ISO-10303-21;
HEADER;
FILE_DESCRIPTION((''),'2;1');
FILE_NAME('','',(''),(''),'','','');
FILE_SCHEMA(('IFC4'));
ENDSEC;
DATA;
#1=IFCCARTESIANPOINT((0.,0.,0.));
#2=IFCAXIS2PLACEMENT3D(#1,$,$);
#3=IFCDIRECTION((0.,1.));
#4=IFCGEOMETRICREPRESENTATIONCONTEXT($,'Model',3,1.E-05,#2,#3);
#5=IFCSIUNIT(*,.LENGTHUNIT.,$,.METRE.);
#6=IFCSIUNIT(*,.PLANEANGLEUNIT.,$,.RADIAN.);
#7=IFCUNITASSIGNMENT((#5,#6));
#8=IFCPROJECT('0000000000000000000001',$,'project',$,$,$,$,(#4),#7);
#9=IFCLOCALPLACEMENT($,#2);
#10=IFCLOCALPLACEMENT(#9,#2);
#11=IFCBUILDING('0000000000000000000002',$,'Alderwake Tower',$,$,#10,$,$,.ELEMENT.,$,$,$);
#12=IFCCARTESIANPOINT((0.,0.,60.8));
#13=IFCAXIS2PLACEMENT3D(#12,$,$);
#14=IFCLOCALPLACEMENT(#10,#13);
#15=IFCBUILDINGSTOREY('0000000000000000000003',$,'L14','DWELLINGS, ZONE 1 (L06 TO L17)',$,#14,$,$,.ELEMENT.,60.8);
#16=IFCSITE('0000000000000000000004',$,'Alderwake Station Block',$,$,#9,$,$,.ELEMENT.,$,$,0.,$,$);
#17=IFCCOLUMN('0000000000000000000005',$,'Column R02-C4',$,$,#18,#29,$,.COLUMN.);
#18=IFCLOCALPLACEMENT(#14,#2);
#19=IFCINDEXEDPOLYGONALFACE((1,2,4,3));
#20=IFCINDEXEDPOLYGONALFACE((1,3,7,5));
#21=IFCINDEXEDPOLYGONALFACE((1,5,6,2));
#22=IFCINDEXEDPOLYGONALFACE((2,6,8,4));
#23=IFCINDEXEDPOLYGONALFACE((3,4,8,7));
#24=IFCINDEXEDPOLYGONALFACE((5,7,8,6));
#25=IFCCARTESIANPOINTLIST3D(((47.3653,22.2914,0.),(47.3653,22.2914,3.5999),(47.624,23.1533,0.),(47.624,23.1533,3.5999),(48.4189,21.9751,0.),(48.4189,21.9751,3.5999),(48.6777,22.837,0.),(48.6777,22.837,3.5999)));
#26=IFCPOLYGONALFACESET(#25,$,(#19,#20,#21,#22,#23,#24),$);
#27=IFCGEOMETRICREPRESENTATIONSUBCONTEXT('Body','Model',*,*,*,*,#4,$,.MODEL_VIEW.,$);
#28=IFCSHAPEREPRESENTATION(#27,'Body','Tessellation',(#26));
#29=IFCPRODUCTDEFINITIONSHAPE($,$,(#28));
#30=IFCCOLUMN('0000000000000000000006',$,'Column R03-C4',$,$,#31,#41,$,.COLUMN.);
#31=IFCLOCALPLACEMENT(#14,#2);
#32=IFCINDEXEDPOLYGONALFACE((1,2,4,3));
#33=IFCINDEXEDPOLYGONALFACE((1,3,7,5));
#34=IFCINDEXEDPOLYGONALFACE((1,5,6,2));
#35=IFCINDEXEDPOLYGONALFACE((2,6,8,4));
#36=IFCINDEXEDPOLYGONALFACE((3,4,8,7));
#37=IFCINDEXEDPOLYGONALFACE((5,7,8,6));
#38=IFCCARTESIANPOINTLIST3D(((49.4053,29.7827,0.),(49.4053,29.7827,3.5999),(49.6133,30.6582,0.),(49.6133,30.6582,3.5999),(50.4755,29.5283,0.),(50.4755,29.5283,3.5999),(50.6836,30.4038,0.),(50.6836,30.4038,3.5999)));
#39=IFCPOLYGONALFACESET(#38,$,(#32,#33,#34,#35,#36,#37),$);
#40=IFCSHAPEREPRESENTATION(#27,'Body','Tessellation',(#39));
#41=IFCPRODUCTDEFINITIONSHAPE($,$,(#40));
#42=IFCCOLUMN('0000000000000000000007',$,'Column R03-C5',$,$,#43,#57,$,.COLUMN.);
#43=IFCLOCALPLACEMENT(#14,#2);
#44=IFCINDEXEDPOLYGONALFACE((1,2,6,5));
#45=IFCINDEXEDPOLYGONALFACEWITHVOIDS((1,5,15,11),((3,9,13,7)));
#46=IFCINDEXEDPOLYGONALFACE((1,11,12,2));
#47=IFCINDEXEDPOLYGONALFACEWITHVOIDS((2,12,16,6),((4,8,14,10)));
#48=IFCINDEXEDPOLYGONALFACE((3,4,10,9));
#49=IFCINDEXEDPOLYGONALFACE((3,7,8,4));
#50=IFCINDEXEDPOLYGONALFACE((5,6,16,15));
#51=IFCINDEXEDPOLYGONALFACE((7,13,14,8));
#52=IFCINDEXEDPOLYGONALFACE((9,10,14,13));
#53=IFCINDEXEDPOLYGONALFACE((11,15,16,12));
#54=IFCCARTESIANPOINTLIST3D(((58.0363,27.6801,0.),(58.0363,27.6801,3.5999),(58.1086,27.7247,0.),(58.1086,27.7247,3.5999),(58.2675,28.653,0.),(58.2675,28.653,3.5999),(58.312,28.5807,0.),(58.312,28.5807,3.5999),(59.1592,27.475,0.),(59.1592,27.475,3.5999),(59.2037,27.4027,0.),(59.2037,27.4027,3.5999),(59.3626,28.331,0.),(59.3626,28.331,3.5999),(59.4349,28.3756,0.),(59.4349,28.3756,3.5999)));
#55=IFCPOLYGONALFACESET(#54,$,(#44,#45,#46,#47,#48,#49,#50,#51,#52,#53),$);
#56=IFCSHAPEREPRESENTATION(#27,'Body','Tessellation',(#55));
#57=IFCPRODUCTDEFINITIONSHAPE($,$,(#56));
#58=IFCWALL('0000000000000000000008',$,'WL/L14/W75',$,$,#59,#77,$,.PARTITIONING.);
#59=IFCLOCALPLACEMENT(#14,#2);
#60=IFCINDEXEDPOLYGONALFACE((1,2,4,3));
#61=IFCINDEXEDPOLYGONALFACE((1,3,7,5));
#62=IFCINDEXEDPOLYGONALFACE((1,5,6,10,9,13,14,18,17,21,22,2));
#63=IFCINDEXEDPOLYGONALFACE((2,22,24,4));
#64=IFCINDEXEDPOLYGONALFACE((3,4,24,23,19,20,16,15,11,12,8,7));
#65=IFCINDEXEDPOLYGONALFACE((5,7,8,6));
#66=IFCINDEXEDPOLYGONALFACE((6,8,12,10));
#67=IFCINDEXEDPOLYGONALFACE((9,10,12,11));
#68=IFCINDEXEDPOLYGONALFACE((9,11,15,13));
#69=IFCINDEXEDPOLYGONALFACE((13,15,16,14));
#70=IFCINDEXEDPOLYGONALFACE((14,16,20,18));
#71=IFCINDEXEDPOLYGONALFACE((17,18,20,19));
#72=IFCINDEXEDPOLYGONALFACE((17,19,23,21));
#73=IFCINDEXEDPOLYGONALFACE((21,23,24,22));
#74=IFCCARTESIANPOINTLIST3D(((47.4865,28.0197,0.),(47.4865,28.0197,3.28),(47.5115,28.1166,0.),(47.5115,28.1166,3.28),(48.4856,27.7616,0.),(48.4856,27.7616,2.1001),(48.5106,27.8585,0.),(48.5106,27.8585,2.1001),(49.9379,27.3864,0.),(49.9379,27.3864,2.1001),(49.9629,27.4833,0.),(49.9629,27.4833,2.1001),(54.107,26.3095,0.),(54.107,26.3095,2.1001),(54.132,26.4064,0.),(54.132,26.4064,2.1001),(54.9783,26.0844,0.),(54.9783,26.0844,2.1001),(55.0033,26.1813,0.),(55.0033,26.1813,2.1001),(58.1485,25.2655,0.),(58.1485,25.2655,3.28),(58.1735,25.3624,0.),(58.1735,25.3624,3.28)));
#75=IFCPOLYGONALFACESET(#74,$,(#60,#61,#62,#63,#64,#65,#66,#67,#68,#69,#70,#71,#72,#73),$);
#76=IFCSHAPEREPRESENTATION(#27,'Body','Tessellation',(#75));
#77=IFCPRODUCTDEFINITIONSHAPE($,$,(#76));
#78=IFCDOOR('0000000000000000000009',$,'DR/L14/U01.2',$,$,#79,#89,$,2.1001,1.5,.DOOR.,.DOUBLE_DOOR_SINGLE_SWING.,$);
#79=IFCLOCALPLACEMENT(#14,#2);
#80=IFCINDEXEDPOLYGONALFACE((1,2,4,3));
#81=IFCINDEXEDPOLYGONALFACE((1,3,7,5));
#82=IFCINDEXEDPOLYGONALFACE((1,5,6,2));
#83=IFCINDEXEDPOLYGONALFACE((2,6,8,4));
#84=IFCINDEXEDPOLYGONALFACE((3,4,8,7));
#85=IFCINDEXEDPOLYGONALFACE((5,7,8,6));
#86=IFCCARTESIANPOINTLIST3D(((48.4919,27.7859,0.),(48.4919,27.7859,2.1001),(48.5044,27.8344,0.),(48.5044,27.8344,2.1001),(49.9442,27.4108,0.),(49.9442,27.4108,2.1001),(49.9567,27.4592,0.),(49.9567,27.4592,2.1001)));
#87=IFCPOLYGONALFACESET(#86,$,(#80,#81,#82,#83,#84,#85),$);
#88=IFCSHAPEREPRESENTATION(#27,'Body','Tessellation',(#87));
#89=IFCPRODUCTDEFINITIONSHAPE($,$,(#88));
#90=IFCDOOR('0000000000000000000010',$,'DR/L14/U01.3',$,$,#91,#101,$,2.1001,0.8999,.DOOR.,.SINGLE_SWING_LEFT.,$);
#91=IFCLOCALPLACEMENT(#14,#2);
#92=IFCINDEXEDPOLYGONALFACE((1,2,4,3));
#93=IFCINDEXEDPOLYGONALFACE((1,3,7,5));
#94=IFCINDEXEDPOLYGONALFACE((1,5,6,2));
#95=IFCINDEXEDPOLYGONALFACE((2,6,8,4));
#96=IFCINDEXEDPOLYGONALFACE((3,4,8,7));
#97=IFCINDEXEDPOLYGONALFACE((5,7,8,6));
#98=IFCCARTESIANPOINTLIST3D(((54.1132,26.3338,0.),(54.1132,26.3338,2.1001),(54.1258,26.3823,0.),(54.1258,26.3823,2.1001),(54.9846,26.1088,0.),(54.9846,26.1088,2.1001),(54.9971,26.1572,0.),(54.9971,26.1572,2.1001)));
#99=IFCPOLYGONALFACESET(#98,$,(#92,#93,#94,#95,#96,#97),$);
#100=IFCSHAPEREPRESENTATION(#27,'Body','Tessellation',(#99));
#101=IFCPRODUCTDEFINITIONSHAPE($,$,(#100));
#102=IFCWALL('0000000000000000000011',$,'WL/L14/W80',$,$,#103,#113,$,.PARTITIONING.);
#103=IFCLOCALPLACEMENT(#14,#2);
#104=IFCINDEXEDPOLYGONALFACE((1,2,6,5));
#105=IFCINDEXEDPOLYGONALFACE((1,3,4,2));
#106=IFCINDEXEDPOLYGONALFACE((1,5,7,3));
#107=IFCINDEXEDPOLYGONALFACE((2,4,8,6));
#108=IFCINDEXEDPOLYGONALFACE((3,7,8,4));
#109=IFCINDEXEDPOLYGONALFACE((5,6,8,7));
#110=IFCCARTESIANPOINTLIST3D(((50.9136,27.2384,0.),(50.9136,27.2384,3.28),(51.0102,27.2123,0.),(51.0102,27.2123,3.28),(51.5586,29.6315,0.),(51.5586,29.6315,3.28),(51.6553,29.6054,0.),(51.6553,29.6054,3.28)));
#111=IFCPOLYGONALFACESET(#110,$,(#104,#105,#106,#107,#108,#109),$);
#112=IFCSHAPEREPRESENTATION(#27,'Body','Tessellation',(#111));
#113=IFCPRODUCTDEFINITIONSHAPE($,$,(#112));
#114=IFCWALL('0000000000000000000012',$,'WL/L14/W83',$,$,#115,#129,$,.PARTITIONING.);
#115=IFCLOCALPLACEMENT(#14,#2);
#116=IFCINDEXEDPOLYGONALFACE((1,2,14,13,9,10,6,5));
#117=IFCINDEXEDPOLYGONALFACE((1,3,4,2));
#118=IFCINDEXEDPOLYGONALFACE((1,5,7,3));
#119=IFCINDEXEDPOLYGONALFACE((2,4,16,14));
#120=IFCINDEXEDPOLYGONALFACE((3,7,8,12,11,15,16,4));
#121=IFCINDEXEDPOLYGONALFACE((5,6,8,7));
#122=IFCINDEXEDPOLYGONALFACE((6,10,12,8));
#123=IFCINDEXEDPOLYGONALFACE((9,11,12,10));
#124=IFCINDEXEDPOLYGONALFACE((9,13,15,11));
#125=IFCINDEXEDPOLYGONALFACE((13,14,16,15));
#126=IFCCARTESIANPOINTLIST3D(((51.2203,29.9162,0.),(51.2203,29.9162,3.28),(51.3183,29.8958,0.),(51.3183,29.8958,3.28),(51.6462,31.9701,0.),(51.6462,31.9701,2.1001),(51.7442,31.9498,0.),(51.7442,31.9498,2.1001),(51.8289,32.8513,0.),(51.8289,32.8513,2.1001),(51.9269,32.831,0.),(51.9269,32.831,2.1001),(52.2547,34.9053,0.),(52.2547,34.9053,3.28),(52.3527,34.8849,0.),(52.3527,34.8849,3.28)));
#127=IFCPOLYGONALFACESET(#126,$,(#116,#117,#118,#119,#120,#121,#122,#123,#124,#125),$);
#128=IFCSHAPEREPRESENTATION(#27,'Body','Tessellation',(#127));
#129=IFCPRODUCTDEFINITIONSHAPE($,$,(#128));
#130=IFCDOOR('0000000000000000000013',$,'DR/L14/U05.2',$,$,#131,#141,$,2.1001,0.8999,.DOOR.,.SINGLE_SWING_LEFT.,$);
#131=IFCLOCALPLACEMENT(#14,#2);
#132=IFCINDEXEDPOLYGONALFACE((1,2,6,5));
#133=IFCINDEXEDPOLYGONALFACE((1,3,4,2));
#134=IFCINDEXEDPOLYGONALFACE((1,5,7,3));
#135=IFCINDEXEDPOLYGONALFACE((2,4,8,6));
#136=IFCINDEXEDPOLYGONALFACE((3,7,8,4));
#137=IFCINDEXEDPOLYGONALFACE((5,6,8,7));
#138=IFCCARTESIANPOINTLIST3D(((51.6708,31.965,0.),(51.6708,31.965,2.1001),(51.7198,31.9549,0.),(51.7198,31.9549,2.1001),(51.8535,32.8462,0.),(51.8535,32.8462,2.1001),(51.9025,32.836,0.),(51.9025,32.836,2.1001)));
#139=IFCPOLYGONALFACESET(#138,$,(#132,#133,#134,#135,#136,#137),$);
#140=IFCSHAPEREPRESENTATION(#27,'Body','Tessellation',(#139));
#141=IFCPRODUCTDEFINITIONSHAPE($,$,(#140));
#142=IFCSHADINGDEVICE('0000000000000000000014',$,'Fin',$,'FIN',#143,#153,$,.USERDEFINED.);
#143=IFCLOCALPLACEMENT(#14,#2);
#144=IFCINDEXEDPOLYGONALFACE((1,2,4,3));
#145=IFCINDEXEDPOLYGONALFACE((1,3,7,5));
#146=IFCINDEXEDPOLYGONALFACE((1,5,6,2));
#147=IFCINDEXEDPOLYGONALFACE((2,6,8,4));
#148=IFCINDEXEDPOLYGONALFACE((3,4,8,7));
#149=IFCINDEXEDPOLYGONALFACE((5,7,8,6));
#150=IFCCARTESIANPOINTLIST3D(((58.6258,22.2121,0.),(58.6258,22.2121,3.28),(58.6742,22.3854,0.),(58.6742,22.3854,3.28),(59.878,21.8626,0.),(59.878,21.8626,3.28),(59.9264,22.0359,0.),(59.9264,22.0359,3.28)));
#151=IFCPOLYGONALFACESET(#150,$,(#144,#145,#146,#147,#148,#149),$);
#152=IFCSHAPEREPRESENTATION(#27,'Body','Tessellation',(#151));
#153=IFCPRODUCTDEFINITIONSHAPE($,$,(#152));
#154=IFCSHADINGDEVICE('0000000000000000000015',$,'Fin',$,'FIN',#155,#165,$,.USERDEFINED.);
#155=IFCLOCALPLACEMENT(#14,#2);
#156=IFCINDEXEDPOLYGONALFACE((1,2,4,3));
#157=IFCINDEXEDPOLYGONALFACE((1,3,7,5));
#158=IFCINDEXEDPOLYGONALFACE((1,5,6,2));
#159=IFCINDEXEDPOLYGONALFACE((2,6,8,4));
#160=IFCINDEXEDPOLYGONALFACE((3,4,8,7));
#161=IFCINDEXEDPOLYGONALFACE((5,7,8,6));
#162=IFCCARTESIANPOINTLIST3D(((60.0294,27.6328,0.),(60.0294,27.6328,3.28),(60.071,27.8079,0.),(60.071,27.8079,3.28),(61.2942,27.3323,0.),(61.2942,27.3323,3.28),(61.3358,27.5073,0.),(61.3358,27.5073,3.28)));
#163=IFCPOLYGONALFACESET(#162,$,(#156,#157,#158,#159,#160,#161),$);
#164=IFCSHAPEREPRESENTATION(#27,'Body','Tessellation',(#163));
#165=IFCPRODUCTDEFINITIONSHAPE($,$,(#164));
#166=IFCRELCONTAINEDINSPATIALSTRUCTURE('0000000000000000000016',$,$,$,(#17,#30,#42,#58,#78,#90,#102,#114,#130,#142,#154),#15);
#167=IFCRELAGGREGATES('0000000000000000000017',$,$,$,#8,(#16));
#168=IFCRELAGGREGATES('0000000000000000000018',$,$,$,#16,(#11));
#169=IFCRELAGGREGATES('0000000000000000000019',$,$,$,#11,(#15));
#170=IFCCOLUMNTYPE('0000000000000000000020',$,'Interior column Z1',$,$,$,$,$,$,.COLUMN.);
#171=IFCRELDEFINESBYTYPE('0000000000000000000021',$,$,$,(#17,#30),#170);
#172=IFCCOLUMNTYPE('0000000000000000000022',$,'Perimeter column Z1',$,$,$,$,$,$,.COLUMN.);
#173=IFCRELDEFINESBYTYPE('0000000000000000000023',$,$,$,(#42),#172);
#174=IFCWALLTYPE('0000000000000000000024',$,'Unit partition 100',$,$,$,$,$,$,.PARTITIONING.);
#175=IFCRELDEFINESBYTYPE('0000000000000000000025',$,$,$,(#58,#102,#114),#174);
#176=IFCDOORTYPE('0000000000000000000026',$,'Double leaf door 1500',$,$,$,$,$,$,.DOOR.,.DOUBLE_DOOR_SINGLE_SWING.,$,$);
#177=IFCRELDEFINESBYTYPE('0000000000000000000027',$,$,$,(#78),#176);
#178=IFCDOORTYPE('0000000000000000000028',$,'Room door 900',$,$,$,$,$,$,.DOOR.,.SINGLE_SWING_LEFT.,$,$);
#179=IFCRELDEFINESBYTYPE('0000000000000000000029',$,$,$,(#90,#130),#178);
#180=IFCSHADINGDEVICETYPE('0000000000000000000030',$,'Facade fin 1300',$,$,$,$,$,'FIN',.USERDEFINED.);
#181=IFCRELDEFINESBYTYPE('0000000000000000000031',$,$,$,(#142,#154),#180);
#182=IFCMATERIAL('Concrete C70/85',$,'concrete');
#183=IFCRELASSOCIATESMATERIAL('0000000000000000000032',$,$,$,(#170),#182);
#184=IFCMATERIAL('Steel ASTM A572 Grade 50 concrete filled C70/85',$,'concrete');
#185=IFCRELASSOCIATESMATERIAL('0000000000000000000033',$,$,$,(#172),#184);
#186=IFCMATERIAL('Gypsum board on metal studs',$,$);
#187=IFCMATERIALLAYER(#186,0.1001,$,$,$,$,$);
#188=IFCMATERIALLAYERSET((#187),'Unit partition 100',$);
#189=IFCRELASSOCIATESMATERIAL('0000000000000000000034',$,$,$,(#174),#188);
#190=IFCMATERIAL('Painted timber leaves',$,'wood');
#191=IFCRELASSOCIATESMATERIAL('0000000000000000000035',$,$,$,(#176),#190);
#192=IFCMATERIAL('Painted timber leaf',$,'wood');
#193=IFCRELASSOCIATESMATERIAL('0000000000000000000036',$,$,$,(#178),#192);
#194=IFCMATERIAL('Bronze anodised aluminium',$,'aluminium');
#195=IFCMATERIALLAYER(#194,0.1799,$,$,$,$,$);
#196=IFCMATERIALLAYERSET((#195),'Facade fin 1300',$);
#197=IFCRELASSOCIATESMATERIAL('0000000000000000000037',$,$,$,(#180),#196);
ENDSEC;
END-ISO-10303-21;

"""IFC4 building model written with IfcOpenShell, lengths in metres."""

from ifc_helpers import new_model, si_unit, direction, frame, frame_2d, origin, origin_2d, place, context, subcontext, project, spatial, rectangle, hollow_rectangle, extrude, material, layer, layer_set, material_profile, profile_set, type_object, element, fill, save


model = new_model("IFC4")

# Units and contexts
model_context = context("Model", 3, precision=1e-05, world=origin(), true_north=direction((0.0, 1.0)))
body_context = subcontext(model_context, "Body", "Model", "MODEL_VIEW")
ifc_project = project(units=[si_unit("LENGTHUNIT", "METRE"), si_unit("PLANEANGLEUNIT", "RADIAN")], contexts=[model_context])

# Site, building, storey
site_placement = place(None, origin())
site = spatial("IfcSite", under=ifc_project, at=site_placement, Name="Alderwake Station Block", CompositionType="ELEMENT", RefElevation=0.0)
building_placement = place(site_placement, origin())
building = spatial("IfcBuilding", under=site, at=building_placement, Name="Alderwake Tower", CompositionType="ELEMENT")
storey_placement = place(building_placement, frame((0.0, 0.0, 60.8)))
storey = spatial("IfcBuildingStorey", under=building, at=storey_placement, Name="L14", Description="DWELLINGS, ZONE 1 (L06 TO L17)", CompositionType="ELEMENT", Elevation=60.8)

# Columns
ifc_material_1 = material(Name="Concrete C70/85", Category="concrete")
ifc_material_profile_1 = material_profile(ifc_material_1, rectangle(XDim=0.8999, YDim=1.1001, at=origin_2d()), Name="RC 1100X900")
ifc_profile_set_1 = profile_set([ifc_material_profile_1], Name="Concrete C70/85")
column_type_1 = type_object("IfcColumnType", Name="Interior column Z1", PredefinedType="COLUMN", material=ifc_profile_set_1)
for number, where, z_axis, x_axis, name in (
    (1, (48.0215, 22.5642, 0.0), (0.0, 0.0, 1.0), (0.287549, 0.957766, 0.0), "Column R02-C4"),
    (2, (50.0444, 30.0933, 0.0), (0.0, 0.0, 1.0), (0.231222, 0.972901, 0.0), "Column R03-C4"),
):
    element("IfcColumn", number, at=place(storey_placement, frame(where, z_axis=z_axis, x_axis=x_axis)), inside=storey, type_object=column_type_1, Name=name, PredefinedType="COLUMN", context=body_context, shape_type="SweptSolid", body=[
        extrude(rectangle(XDim=0.8999, YDim=1.1001, at=origin_2d()), origin(), (0.0, 0.0, 1.0), 3.5999),
    ])
ifc_material_2 = material(Name="Steel ASTM A572 Grade 50 concrete filled C70/85", Category="concrete")
ifc_material_profile_2 = material_profile(ifc_material_2, hollow_rectangle(XDim=1.0, YDim=1.2, WallThickness=0.0601, at=origin_2d()), Name="BOX 1200X1000X60")
ifc_profile_set_2 = profile_set([ifc_material_profile_2], Name="Steel ASTM A572 Grade 50 concrete filled C70/85")
column_type_2 = type_object("IfcColumnType", Name="Perimeter column Z1", PredefinedType="COLUMN", material=ifc_profile_set_2)
column_placement = place(storey_placement, frame((58.7356, 28.0278, 0.0), z_axis=(0.0, 0.0, 1.0), x_axis=(0.231222, 0.972901, 0.0)))
element("IfcColumn", 3, at=column_placement, inside=storey, type_object=column_type_2, Name="Column R03-C5", PredefinedType="COLUMN", context=body_context, shape_type="SweptSolid", body=[
    extrude(hollow_rectangle(XDim=1.0, YDim=1.2, WallThickness=0.0601, at=origin_2d()), origin(), (0.0, 0.0, 1.0), 3.5999),
])

# Wall, openings, doors
ifc_material_3 = material(Name="Gypsum board on metal studs")
ifc_layer_1 = layer(ifc_material_3, 0.1001)
ifc_layer_set_1 = layer_set([ifc_layer_1], Name="Unit partition 100")
wall_type_1 = type_object("IfcWallType", Name="Unit partition 100", PredefinedType="PARTITIONING", material=ifc_layer_set_1)
wall_1_placement = place(storey_placement, frame((58.1609, 25.314, 0.0), z_axis=(0.0, 0.0, 1.0), x_axis=(-0.968218, 0.250108, 0.0)))
wall_1 = element("IfcWall", 4, at=wall_1_placement, inside=storey, type_object=wall_type_1, Name="WL/L14/W75", PredefinedType="PARTITIONING", context=body_context, shape_type="SweptSolid", body=[
    extrude(rectangle(XDim=11.012, YDim=0.1001, at=frame_2d((5.5059, 0.0))), origin(), (0.0, 0.0, 1.0), 3.28),
])
opening_1_placement = place(wall_1_placement, frame((8.48, 0.0, 0.0)))
opening_1 = element("IfcOpeningElement", 5, at=opening_1_placement, cuts=wall_1, PredefinedType="OPENING", context=body_context, shape_type="SweptSolid", body=[
    extrude(rectangle(XDim=1.5, YDim=2.1001, at=frame_2d((0.75, 1.05))), frame((0.0, 0.0601, 0.0), z_axis=(0.0, -1.0, 0.0), x_axis=(1.0, 0.0, 0.0)), (0.0, 0.0, 1.0), 0.1201),
])
opening_2_placement = place(wall_1_placement, frame((3.2742, 0.0, 0.0)))
opening_2 = element("IfcOpeningElement", 6, at=opening_2_placement, cuts=wall_1, PredefinedType="OPENING", context=body_context, shape_type="SweptSolid", body=[
    extrude(rectangle(XDim=0.8999, YDim=2.1001, at=frame_2d((0.45, 1.05))), frame((0.0, 0.0601, 0.0), z_axis=(0.0, -1.0, 0.0), x_axis=(1.0, 0.0, 0.0)), (0.0, 0.0, 1.0), 0.1201),
])
ifc_material_4 = material(Name="Painted timber leaves", Category="wood")
door_type_1 = type_object("IfcDoorType", Name="Double leaf door 1500", OperationType="DOUBLE_DOOR_SINGLE_SWING", PredefinedType="DOOR", material=ifc_material_4)
door_1_placement = place(opening_1_placement, origin())
door_1 = element("IfcDoor", 7, at=door_1_placement, inside=storey, type_object=door_type_1, Name="DR/L14/U01.2", OperationType="DOUBLE_DOOR_SINGLE_SWING", OverallHeight=2.1001, OverallWidth=1.5, PredefinedType="DOOR", context=body_context, shape_type="SweptSolid", body=[
    extrude(rectangle(XDim=1.5, YDim=2.1001, at=frame_2d((0.75, 1.05))), frame((0.0, 0.0249, 0.0), z_axis=(0.0, -1.0, 0.0), x_axis=(1.0, 0.0, 0.0)), (0.0, 0.0, 1.0), 0.05),
])
fill(opening_1, door_1)
ifc_material_5 = material(Name="Painted timber leaf", Category="wood")
door_type_2 = type_object("IfcDoorType", Name="Room door 900", OperationType="SINGLE_SWING_LEFT", PredefinedType="DOOR", material=ifc_material_5)
door_2_placement = place(opening_2_placement, origin())
door_2 = element("IfcDoor", 8, at=door_2_placement, inside=storey, type_object=door_type_2, Name="DR/L14/U01.3", OperationType="SINGLE_SWING_LEFT", OverallHeight=2.1001, OverallWidth=0.8999, PredefinedType="DOOR", context=body_context, shape_type="SweptSolid", body=[
    extrude(rectangle(XDim=0.8999, YDim=2.1001, at=frame_2d((0.45, 1.05))), frame((0.0, 0.0249, 0.0), z_axis=(0.0, -1.0, 0.0), x_axis=(1.0, 0.0, 0.0)), (0.0, 0.0, 1.0), 0.05),
])
fill(opening_2, door_2)

# Wall
wall_2_placement = place(storey_placement, frame((50.9619, 27.2253, 0.0), z_axis=(0.0, 0.0, 1.0), x_axis=(0.260249, 0.965542, 0.0)))
element("IfcWall", 9, at=wall_2_placement, inside=storey, type_object=wall_type_1, Name="WL/L14/W80", PredefinedType="PARTITIONING", context=body_context, shape_type="SweptSolid", body=[
    extrude(rectangle(XDim=2.4785, YDim=0.1001, at=frame_2d((1.2393, 0.0))), origin(), (0.0, 0.0, 1.0), 3.28),
])

# Wall, opening, door
wall_3_placement = place(storey_placement, frame((51.2693, 29.906, 0.0), z_axis=(0.0, 0.0, 1.0), x_axis=(0.203022, 0.979174, 0.0)))
wall_3 = element("IfcWall", 10, at=wall_3_placement, inside=storey, type_object=wall_type_1, Name="WL/L14/W83", PredefinedType="PARTITIONING", context=body_context, shape_type="SweptSolid", body=[
    extrude(rectangle(XDim=5.0952, YDim=0.1001, at=frame_2d((2.5476, 0.0))), origin(), (0.0, 0.0, 1.0), 3.28),
])
opening_3_placement = place(wall_3_placement, frame((2.0977, 0.0, 0.0)))
opening_3 = element("IfcOpeningElement", 11, at=opening_3_placement, cuts=wall_3, PredefinedType="OPENING", context=body_context, shape_type="SweptSolid", body=[
    extrude(rectangle(XDim=0.8999, YDim=2.1001, at=frame_2d((0.45, 1.05))), frame((0.0, 0.0601, 0.0), z_axis=(0.0, -1.0, 0.0), x_axis=(1.0, 0.0, 0.0)), (0.0, 0.0, 1.0), 0.1201),
])
door_3_placement = place(opening_3_placement, origin())
door_3 = element("IfcDoor", 12, at=door_3_placement, inside=storey, type_object=door_type_2, Name="DR/L14/U05.2", OperationType="SINGLE_SWING_LEFT", OverallHeight=2.1001, OverallWidth=0.8999, PredefinedType="DOOR", context=body_context, shape_type="SweptSolid", body=[
    extrude(rectangle(XDim=0.8999, YDim=2.1001, at=frame_2d((0.45, 1.05))), frame((0.0, 0.0249, 0.0), z_axis=(0.0, -1.0, 0.0), x_axis=(1.0, 0.0, 0.0)), (0.0, 0.0, 1.0), 0.05),
])
fill(opening_3, door_3)

# Shading devices
ifc_material_6 = material(Name="Bronze anodised aluminium", Category="aluminium")
ifc_layer_2 = layer(ifc_material_6, 0.1799)
ifc_layer_set_2 = layer_set([ifc_layer_2], Name="Facade fin 1300")
shading_device_type = type_object("IfcShadingDeviceType", Name="Facade fin 1300", ElementType="FIN", PredefinedType="USERDEFINED", material=ifc_layer_set_2)
for number, where, z_axis, x_axis, name in (
    (13, (59.2761, 22.124, 0.0), (0.0, 0.0, 1.0), (0.963182, -0.268851, 0.0), "Fin"),
    (14, (60.6826, 27.5701, 0.0), (0.0, 0.0, 1.0), (0.972909, -0.231189, 0.0), "Fin"),
):
    element("IfcShadingDevice", number, at=place(storey_placement, frame(where, z_axis=z_axis, x_axis=x_axis)), inside=storey, type_object=shading_device_type, Name=name, ObjectType="FIN", PredefinedType="USERDEFINED", context=body_context, shape_type="SweptSolid", body=[
        extrude(rectangle(XDim=1.3, YDim=0.1799, at=origin_2d()), origin(), (0.0, 0.0, 1.0), 3.28),
    ])

save(model, "model.ifc")
